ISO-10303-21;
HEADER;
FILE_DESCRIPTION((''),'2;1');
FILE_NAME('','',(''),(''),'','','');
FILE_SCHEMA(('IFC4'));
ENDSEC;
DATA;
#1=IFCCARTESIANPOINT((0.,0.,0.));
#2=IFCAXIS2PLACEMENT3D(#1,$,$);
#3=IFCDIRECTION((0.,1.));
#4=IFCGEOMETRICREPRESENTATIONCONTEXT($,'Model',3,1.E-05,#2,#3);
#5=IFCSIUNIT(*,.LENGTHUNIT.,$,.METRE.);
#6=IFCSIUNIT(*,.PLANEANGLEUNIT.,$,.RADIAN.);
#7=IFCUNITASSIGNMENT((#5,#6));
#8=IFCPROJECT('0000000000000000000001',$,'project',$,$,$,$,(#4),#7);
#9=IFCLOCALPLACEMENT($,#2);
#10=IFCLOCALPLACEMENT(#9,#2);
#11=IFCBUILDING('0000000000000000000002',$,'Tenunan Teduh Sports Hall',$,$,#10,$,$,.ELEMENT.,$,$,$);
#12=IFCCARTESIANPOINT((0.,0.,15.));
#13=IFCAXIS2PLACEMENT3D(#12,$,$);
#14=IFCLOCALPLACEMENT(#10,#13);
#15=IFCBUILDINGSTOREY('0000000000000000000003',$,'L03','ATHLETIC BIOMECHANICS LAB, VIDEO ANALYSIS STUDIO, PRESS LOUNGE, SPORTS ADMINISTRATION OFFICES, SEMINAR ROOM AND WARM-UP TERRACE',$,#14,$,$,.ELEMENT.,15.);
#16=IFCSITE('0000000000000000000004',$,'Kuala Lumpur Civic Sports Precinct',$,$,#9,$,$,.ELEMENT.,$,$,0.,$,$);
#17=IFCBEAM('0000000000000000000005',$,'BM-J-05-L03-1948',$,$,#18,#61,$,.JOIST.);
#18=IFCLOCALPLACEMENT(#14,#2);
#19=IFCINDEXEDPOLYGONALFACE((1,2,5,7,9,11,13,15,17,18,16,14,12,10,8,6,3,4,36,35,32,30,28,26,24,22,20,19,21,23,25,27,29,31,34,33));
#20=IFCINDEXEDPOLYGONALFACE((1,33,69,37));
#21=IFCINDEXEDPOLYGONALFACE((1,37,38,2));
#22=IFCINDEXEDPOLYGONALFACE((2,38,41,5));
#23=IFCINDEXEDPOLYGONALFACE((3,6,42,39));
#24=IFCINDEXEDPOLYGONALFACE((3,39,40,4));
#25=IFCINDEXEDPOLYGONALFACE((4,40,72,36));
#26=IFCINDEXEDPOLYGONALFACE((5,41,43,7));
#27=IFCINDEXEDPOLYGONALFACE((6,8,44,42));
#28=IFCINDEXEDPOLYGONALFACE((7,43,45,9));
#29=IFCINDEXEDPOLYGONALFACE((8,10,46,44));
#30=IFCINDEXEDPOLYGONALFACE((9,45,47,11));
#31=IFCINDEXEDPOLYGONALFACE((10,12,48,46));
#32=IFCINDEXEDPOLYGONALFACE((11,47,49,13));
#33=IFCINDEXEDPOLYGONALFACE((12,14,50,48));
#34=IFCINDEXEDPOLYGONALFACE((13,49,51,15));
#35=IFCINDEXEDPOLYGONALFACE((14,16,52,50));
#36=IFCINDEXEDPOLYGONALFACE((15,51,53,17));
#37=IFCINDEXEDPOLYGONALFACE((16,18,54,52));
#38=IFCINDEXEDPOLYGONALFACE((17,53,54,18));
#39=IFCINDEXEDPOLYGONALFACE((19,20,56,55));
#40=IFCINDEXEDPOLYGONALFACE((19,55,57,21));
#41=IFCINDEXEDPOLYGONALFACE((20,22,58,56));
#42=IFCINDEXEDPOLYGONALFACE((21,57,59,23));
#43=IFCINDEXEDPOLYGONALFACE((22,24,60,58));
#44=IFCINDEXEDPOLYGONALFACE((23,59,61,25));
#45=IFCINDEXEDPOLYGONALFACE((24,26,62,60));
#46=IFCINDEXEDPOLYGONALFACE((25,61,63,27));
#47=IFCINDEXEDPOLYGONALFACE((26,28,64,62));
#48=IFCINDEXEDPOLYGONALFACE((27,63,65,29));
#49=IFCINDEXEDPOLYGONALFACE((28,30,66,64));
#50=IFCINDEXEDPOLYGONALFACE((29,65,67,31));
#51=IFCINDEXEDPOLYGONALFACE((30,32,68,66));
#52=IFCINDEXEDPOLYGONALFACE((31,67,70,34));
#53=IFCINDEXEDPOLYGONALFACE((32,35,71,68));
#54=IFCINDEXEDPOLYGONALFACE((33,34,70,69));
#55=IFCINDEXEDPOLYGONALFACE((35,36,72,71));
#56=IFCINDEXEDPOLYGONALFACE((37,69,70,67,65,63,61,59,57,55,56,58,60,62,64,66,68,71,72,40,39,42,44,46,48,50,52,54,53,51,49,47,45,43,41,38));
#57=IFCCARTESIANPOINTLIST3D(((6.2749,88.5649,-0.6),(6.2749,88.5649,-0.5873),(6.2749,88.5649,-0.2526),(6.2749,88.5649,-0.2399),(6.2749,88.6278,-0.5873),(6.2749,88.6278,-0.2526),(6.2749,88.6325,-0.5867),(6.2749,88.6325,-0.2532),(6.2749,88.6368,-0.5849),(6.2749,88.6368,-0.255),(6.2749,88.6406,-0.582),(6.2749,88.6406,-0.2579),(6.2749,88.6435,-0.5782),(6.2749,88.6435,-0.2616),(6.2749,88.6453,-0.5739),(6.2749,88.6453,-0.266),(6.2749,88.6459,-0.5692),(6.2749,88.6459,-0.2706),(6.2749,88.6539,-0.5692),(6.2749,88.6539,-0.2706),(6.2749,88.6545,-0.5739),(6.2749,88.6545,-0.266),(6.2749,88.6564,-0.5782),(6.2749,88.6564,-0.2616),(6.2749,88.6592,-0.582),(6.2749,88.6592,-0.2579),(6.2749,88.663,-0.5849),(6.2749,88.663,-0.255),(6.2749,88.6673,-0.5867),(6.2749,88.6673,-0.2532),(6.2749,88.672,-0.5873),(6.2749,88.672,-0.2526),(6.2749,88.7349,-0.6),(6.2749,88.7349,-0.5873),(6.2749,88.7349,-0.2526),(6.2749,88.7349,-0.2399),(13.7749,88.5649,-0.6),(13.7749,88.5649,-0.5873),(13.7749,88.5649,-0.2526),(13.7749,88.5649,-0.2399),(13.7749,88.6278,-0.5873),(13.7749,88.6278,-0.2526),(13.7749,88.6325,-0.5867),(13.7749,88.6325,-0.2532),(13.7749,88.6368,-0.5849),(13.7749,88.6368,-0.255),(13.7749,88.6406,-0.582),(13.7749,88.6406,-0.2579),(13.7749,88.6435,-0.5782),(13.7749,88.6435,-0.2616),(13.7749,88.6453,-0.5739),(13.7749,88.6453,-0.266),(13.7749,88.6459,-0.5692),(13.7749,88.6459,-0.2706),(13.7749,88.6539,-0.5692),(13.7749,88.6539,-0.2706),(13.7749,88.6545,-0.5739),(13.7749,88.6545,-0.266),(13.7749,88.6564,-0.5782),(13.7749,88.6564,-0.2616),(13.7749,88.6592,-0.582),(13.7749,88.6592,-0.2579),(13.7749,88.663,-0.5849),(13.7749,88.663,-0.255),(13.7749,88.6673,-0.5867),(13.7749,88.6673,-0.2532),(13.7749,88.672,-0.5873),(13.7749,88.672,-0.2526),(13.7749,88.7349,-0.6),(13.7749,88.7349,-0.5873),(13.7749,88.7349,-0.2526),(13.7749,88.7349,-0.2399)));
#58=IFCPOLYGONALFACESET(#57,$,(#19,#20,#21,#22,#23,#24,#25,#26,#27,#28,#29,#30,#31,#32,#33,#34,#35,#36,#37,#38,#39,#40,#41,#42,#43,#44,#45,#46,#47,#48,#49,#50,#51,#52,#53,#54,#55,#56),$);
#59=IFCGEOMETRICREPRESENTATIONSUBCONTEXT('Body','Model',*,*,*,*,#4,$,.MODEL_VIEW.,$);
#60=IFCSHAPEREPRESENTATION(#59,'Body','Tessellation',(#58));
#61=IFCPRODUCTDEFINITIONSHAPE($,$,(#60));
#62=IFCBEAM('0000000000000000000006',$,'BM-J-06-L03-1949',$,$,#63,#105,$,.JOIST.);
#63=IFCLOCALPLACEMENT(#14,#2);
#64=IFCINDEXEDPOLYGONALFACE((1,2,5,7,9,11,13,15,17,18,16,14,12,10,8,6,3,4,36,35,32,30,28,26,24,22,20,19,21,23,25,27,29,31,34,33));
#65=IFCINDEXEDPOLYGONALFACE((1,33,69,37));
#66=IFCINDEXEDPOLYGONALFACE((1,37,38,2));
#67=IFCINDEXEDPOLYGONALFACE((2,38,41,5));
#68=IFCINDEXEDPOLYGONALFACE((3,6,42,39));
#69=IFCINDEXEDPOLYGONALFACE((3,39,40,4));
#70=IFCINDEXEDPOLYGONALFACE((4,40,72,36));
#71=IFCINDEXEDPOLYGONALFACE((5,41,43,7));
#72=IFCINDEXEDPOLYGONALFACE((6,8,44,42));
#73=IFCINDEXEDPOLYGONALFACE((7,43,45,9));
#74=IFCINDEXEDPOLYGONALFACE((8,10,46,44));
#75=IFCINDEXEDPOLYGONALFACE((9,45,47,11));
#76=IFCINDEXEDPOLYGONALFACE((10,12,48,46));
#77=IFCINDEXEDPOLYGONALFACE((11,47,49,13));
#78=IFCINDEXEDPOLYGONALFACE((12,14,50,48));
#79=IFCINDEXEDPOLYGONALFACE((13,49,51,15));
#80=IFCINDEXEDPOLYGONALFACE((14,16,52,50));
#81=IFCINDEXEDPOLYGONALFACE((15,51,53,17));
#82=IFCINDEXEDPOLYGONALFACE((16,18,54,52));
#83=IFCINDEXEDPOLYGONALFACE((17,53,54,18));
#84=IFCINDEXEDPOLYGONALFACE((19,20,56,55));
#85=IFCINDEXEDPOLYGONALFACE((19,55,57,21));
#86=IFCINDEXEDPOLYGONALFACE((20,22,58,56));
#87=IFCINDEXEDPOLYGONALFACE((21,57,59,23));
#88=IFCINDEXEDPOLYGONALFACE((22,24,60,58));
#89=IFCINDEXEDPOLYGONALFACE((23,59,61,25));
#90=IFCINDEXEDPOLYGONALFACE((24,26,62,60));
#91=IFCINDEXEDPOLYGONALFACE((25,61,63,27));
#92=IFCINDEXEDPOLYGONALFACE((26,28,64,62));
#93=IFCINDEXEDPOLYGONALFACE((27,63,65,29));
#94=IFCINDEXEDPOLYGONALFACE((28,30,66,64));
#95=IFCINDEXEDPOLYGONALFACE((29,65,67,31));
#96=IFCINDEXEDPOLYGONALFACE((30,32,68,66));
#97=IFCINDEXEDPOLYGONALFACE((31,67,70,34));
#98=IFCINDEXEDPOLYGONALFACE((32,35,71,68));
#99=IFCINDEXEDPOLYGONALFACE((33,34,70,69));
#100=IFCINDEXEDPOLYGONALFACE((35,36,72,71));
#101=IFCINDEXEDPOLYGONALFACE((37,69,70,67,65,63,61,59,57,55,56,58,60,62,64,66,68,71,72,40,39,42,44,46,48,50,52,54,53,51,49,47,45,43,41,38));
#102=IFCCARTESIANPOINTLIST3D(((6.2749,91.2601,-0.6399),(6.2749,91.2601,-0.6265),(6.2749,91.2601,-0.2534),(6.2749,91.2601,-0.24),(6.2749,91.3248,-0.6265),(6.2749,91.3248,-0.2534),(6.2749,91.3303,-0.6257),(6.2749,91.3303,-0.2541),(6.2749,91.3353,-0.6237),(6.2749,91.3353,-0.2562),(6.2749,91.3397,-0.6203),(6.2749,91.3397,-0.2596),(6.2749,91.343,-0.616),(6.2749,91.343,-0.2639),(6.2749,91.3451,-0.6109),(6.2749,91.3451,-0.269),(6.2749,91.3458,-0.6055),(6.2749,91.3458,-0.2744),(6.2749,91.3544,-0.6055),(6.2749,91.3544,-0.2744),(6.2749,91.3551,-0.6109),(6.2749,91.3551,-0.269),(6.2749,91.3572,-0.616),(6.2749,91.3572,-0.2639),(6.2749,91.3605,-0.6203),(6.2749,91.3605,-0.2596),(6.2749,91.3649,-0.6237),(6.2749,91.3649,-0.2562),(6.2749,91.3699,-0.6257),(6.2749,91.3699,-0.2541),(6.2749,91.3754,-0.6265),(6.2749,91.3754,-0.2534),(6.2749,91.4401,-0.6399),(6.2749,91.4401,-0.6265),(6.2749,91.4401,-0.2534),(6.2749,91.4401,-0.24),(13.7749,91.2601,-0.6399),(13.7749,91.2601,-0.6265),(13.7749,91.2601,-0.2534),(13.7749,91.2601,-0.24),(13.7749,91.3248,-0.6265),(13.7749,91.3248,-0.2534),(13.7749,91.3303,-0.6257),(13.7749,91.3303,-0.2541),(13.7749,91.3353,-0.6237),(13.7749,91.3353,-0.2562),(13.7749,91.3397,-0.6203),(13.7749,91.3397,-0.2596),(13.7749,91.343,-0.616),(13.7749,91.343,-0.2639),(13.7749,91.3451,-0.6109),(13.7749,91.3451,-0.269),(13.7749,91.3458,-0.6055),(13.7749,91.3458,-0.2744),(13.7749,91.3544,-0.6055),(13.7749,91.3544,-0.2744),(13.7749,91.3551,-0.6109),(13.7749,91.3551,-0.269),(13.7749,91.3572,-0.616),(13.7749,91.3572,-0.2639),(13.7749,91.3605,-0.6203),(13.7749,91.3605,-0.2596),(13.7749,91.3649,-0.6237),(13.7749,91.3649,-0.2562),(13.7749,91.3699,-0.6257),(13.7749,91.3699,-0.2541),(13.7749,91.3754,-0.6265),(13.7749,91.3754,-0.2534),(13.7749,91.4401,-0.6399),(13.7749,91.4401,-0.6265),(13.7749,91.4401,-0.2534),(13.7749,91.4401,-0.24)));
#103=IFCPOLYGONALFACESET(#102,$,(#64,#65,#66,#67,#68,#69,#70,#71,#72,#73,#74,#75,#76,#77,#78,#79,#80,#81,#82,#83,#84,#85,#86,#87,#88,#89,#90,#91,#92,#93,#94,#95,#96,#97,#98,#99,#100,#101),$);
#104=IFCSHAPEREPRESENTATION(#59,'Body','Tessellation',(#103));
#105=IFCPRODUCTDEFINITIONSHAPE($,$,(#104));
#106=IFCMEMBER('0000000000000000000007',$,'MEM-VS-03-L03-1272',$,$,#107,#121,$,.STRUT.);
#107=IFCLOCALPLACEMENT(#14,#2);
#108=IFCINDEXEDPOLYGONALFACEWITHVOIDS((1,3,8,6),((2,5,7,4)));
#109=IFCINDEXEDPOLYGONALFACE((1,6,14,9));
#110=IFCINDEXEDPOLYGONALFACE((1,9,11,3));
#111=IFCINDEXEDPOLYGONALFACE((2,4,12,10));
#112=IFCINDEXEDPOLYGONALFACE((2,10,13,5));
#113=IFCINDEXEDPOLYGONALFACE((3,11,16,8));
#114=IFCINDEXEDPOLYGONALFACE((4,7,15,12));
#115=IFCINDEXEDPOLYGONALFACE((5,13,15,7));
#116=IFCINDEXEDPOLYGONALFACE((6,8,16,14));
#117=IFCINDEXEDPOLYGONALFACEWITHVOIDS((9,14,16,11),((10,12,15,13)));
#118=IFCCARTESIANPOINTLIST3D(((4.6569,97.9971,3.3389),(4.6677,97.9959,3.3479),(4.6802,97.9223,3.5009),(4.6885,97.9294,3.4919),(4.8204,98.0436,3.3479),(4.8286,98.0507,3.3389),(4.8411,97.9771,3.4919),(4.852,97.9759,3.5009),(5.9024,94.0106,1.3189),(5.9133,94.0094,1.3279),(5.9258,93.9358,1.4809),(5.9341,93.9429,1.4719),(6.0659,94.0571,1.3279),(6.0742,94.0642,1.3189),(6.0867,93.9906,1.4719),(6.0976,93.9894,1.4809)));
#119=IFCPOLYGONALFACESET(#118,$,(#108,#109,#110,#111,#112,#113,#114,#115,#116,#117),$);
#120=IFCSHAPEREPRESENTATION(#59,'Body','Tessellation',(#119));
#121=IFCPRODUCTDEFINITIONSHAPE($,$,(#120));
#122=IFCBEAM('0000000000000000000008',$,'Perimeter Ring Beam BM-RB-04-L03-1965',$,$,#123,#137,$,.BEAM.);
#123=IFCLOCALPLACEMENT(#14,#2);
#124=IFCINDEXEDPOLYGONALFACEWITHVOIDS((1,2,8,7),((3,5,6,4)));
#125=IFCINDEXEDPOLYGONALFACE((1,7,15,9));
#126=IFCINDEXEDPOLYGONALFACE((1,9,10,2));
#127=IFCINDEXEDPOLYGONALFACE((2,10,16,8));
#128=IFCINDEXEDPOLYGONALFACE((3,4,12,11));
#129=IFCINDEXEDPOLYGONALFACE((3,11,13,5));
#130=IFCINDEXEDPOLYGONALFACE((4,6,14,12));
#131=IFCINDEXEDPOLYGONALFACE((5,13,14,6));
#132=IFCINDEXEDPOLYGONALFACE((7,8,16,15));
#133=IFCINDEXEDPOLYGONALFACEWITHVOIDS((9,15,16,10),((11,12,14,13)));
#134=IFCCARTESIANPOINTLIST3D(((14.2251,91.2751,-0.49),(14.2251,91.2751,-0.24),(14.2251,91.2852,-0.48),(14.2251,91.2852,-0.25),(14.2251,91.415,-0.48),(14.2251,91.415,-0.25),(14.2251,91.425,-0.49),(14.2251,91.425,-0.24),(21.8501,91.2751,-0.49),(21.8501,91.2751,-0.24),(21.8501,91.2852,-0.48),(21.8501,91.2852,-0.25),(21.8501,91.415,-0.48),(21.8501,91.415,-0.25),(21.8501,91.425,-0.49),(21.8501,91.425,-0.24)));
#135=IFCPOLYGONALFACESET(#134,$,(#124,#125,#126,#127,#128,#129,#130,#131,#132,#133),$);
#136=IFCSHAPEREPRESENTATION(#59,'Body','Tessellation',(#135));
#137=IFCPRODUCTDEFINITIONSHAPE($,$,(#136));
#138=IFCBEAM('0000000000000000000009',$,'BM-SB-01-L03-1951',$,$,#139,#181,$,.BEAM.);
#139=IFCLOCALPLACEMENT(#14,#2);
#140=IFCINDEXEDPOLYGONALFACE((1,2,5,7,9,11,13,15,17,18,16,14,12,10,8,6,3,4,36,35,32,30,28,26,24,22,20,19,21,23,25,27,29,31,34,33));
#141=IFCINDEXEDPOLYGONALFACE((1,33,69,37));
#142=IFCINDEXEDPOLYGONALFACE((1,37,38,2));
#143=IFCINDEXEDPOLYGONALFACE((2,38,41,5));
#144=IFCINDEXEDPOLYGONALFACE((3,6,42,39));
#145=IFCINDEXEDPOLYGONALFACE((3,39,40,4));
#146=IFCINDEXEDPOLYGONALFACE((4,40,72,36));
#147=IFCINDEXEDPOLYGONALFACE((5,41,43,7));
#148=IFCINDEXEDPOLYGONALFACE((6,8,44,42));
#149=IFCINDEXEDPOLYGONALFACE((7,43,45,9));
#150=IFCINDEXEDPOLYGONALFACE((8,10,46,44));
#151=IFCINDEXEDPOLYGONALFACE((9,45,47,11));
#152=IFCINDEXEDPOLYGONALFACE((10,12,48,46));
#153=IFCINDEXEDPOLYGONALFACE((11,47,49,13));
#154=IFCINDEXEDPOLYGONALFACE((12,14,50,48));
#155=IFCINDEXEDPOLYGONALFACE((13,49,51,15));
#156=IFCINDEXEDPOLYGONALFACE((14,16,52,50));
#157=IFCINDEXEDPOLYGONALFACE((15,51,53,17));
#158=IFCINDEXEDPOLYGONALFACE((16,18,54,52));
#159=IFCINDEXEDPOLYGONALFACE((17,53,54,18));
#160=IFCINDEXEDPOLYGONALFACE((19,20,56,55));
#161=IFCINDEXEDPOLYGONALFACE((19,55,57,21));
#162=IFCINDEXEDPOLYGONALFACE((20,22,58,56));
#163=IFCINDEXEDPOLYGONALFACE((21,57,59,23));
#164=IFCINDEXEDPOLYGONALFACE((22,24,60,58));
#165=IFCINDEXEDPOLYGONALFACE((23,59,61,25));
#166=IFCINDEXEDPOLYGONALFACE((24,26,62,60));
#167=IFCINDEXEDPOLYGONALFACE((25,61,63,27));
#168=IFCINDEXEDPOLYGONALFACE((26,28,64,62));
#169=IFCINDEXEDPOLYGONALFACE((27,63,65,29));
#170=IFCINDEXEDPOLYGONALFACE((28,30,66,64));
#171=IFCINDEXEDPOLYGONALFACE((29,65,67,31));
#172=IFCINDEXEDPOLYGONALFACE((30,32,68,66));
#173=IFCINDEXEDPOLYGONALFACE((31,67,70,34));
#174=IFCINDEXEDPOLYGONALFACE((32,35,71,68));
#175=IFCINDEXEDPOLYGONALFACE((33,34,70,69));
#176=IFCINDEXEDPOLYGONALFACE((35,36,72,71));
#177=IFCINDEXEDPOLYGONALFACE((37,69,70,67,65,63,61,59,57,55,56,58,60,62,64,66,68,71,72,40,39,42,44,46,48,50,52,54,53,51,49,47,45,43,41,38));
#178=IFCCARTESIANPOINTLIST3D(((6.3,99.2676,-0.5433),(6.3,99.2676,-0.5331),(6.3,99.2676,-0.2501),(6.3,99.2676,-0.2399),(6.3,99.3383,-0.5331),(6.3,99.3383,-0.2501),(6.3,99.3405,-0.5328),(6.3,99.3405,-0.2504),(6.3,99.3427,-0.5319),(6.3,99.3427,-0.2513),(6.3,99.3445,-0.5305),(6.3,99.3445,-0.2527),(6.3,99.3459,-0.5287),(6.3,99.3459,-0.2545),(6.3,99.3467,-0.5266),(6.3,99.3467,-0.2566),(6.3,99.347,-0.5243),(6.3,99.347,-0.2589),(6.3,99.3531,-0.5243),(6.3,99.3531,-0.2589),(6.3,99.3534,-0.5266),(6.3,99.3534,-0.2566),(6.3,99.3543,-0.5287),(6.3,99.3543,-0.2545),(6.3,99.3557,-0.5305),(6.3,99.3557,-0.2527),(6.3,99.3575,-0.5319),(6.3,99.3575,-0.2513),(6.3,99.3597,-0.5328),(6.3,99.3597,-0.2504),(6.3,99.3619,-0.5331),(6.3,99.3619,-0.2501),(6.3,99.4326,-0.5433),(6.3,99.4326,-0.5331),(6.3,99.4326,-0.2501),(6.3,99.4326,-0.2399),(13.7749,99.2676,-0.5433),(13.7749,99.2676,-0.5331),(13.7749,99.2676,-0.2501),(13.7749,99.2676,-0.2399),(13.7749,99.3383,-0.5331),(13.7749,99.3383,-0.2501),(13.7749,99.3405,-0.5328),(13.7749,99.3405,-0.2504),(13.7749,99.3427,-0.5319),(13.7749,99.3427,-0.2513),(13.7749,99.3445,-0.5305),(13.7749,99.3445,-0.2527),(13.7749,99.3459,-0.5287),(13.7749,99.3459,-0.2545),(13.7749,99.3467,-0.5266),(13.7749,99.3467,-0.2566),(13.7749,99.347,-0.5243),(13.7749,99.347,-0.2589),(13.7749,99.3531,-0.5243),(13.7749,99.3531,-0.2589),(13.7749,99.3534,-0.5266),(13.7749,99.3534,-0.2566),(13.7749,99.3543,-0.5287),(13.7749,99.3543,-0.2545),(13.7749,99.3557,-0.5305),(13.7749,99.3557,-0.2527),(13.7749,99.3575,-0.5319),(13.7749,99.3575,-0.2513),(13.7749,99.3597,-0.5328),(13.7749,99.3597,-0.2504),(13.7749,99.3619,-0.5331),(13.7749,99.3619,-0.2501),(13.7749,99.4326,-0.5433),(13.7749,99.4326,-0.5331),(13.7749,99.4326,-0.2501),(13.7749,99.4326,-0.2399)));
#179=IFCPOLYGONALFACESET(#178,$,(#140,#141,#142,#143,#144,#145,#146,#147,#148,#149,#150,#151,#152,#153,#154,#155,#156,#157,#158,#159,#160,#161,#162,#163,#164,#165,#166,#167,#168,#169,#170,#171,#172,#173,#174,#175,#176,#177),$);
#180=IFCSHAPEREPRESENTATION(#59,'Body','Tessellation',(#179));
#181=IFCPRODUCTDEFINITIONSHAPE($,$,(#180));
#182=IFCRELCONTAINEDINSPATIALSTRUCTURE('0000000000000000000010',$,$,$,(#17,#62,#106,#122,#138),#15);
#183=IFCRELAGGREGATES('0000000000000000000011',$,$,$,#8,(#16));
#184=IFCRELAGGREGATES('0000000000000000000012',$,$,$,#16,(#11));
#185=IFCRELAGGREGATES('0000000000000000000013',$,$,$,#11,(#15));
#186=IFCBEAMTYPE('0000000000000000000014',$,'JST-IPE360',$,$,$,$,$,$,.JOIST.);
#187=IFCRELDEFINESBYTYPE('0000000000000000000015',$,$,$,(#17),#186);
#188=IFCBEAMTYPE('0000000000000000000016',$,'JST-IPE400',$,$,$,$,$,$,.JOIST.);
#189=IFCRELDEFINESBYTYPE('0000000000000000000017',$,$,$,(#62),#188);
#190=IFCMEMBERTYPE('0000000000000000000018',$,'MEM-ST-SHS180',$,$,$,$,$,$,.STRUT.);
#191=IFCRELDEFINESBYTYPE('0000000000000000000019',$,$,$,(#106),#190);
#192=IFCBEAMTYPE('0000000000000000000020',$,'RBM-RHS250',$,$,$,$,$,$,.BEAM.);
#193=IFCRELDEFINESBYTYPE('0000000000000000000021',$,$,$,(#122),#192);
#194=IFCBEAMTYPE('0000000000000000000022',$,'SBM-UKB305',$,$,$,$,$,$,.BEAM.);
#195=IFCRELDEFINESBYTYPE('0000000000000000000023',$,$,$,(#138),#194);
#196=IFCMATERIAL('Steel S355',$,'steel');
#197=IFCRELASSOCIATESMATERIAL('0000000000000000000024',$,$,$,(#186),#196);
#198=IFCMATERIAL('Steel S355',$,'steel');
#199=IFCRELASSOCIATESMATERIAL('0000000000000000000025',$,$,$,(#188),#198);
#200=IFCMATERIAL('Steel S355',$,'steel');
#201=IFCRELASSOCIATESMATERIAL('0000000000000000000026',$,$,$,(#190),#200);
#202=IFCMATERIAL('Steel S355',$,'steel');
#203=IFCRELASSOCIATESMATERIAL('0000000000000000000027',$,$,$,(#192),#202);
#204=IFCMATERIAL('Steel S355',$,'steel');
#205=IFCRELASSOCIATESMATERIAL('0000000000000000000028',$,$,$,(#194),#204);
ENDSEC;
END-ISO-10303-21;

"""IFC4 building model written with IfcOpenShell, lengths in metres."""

from ifc_helpers import new_model, si_unit, direction, frame, origin, origin_2d, place, context, subcontext, project, spatial, hollow_rectangle, i_section, extrude, material, material_profile, profile_set, type_object, element, save


model = new_model("IFC4")

# Units and contexts
model_context = context("Model", 3, precision=1e-05, world=origin(), true_north=direction((0.0, 1.0)))
body_context = subcontext(model_context, "Body", "Model", "MODEL_VIEW")
ifc_project = project(units=[si_unit("LENGTHUNIT", "METRE"), si_unit("PLANEANGLEUNIT", "RADIAN")], contexts=[model_context])

# Site, building, storey
site_placement = place(None, origin())
site = spatial("IfcSite", under=ifc_project, at=site_placement, Name="Kuala Lumpur Civic Sports Precinct", CompositionType="ELEMENT", RefElevation=0.0)
building_placement = place(site_placement, origin())
building = spatial("IfcBuilding", under=site, at=building_placement, Name="Tenunan Teduh Sports Hall", CompositionType="ELEMENT")
storey_placement = place(building_placement, frame((0.0, 0.0, 15.0)))
storey = spatial("IfcBuildingStorey", under=building, at=storey_placement, Name="L03", Description="ATHLETIC BIOMECHANICS LAB, VIDEO ANALYSIS STUDIO, PRESS LOUNGE, SPORTS ADMINISTRATION OFFICES, SEMINAR ROOM AND WARM-UP TERRACE", CompositionType="ELEMENT", Elevation=15.0)

# Beams
ifc_material_1 = material(Name="Steel S355", Category="steel")
ifc_material_profile_1 = material_profile(ifc_material_1, i_section(OverallWidth=0.1699, OverallDepth=0.3601, WebThickness=0.0081, FlangeThickness=0.0127, FilletRadius=0.0181, at=origin_2d()), Name="IPE 360")
ifc_profile_set_1 = profile_set([ifc_material_profile_1], Name="Steel S355")
beam_type_1 = type_object("IfcBeamType", Name="JST-IPE360", PredefinedType="JOIST", material=ifc_profile_set_1)
beam_1_placement = place(storey_placement, frame((6.2749, 88.6499, -0.4199), z_axis=(1.0, 0.0, 0.0), x_axis=(0.0, 1.0, 0.0)))
element("IfcBeam", 1, at=beam_1_placement, inside=storey, type_object=beam_type_1, Name="BM-J-05-L03-1948", PredefinedType="JOIST", context=body_context, shape_type="SweptSolid", body=[
    extrude(i_section(OverallWidth=0.1699, OverallDepth=0.3601, WebThickness=0.0081, FlangeThickness=0.0127, FilletRadius=0.0181, at=origin_2d()), origin(), (0.0, 0.0, 1.0), 7.5),
])
ifc_material_2 = material(Name="Steel S355", Category="steel")
ifc_material_profile_2 = material_profile(ifc_material_2, i_section(OverallWidth=0.1799, OverallDepth=0.3999, WebThickness=0.0085, FlangeThickness=0.0134, FilletRadius=0.021, at=origin_2d()), Name="IPE 400")
ifc_profile_set_2 = profile_set([ifc_material_profile_2], Name="Steel S355")
beam_type_2 = type_object("IfcBeamType", Name="JST-IPE400", PredefinedType="JOIST", material=ifc_profile_set_2)
beam_2_placement = place(storey_placement, frame((6.2749, 91.3501, -0.4399), z_axis=(1.0, 0.0, 0.0), x_axis=(0.0, 1.0, 0.0)))
element("IfcBeam", 2, at=beam_2_placement, inside=storey, type_object=beam_type_2, Name="BM-J-06-L03-1949", PredefinedType="JOIST", context=body_context, shape_type="SweptSolid", body=[
    extrude(i_section(OverallWidth=0.1799, OverallDepth=0.3999, WebThickness=0.0085, FlangeThickness=0.0134, FilletRadius=0.021, at=origin_2d()), origin(), (0.0, 0.0, 1.0), 7.5),
])

# Member
ifc_material_3 = material(Name="Steel S355", Category="steel")
ifc_material_profile_3 = material_profile(ifc_material_3, hollow_rectangle(XDim=0.1799, YDim=0.1799, WallThickness=0.01, at=origin_2d()), Name="SHS 180x180x10.0")
ifc_profile_set_3 = profile_set([ifc_material_profile_3], Name="Steel S355")
member_type = type_object("IfcMemberType", Name="MEM-ST-SHS180", PredefinedType="STRUT", material=ifc_profile_set_3)
member_placement = place(storey_placement, frame((6.0, 94.0, 1.3999), z_axis=(-0.26848, 0.859271, 0.435398), x_axis=(-0.954493, -0.298232, 0.0)))
element("IfcMember", 3, at=member_placement, inside=storey, type_object=member_type, Name="MEM-VS-03-L03-1272", PredefinedType="STRUT", context=body_context, shape_type="SweptSolid", body=[
    extrude(hollow_rectangle(XDim=0.1799, YDim=0.1799, WallThickness=0.01, at=origin_2d()), origin(), (0.0, 0.0, 1.0), 4.6394),
])

# Beams
ifc_material_4 = material(Name="Steel S355", Category="steel")
ifc_material_profile_4 = material_profile(ifc_material_4, hollow_rectangle(XDim=0.1499, YDim=0.25, WallThickness=0.01, at=origin_2d()), Name="RHS 250x150x10.0")
ifc_profile_set_4 = profile_set([ifc_material_profile_4], Name="Steel S355")
beam_type_3 = type_object("IfcBeamType", Name="RBM-RHS250", PredefinedType="BEAM", material=ifc_profile_set_4)
beam_3_placement = place(storey_placement, frame((14.2251, 91.3501, -0.365), z_axis=(1.0, 0.0, 0.0), x_axis=(0.0, 1.0, 0.0)))
element("IfcBeam", 4, at=beam_3_placement, inside=storey, type_object=beam_type_3, Name="Perimeter Ring Beam BM-RB-04-L03-1965", PredefinedType="BEAM", context=body_context, shape_type="SweptSolid", body=[
    extrude(hollow_rectangle(XDim=0.1499, YDim=0.25, WallThickness=0.01, at=origin_2d()), origin(), (0.0, 0.0, 1.0), 7.625),
])
ifc_material_5 = material(Name="Steel S355", Category="steel")
ifc_material_profile_5 = material_profile(ifc_material_5, i_section(OverallWidth=0.165, OverallDepth=0.3035, WebThickness=0.0061, FlangeThickness=0.0103, FilletRadius=0.0088, at=origin_2d()), Name="UKB 305x165x40")
ifc_profile_set_5 = profile_set([ifc_material_profile_5], Name="Steel S355")
beam_type_4 = type_object("IfcBeamType", Name="SBM-UKB305", PredefinedType="BEAM", material=ifc_profile_set_5)
beam_4_placement = place(storey_placement, frame((6.3, 99.3501, -0.3916), z_axis=(1.0, 0.0, 0.0), x_axis=(0.0, 1.0, 0.0)))
element("IfcBeam", 5, at=beam_4_placement, inside=storey, type_object=beam_type_4, Name="BM-SB-01-L03-1951", PredefinedType="BEAM", context=body_context, shape_type="SweptSolid", body=[
    extrude(i_section(OverallWidth=0.165, OverallDepth=0.3035, WebThickness=0.0061, FlangeThickness=0.0103, FilletRadius=0.0088, at=origin_2d()), origin(), (0.0, 0.0, 1.0), 7.4749),
])

save(model, "model.ifc")
